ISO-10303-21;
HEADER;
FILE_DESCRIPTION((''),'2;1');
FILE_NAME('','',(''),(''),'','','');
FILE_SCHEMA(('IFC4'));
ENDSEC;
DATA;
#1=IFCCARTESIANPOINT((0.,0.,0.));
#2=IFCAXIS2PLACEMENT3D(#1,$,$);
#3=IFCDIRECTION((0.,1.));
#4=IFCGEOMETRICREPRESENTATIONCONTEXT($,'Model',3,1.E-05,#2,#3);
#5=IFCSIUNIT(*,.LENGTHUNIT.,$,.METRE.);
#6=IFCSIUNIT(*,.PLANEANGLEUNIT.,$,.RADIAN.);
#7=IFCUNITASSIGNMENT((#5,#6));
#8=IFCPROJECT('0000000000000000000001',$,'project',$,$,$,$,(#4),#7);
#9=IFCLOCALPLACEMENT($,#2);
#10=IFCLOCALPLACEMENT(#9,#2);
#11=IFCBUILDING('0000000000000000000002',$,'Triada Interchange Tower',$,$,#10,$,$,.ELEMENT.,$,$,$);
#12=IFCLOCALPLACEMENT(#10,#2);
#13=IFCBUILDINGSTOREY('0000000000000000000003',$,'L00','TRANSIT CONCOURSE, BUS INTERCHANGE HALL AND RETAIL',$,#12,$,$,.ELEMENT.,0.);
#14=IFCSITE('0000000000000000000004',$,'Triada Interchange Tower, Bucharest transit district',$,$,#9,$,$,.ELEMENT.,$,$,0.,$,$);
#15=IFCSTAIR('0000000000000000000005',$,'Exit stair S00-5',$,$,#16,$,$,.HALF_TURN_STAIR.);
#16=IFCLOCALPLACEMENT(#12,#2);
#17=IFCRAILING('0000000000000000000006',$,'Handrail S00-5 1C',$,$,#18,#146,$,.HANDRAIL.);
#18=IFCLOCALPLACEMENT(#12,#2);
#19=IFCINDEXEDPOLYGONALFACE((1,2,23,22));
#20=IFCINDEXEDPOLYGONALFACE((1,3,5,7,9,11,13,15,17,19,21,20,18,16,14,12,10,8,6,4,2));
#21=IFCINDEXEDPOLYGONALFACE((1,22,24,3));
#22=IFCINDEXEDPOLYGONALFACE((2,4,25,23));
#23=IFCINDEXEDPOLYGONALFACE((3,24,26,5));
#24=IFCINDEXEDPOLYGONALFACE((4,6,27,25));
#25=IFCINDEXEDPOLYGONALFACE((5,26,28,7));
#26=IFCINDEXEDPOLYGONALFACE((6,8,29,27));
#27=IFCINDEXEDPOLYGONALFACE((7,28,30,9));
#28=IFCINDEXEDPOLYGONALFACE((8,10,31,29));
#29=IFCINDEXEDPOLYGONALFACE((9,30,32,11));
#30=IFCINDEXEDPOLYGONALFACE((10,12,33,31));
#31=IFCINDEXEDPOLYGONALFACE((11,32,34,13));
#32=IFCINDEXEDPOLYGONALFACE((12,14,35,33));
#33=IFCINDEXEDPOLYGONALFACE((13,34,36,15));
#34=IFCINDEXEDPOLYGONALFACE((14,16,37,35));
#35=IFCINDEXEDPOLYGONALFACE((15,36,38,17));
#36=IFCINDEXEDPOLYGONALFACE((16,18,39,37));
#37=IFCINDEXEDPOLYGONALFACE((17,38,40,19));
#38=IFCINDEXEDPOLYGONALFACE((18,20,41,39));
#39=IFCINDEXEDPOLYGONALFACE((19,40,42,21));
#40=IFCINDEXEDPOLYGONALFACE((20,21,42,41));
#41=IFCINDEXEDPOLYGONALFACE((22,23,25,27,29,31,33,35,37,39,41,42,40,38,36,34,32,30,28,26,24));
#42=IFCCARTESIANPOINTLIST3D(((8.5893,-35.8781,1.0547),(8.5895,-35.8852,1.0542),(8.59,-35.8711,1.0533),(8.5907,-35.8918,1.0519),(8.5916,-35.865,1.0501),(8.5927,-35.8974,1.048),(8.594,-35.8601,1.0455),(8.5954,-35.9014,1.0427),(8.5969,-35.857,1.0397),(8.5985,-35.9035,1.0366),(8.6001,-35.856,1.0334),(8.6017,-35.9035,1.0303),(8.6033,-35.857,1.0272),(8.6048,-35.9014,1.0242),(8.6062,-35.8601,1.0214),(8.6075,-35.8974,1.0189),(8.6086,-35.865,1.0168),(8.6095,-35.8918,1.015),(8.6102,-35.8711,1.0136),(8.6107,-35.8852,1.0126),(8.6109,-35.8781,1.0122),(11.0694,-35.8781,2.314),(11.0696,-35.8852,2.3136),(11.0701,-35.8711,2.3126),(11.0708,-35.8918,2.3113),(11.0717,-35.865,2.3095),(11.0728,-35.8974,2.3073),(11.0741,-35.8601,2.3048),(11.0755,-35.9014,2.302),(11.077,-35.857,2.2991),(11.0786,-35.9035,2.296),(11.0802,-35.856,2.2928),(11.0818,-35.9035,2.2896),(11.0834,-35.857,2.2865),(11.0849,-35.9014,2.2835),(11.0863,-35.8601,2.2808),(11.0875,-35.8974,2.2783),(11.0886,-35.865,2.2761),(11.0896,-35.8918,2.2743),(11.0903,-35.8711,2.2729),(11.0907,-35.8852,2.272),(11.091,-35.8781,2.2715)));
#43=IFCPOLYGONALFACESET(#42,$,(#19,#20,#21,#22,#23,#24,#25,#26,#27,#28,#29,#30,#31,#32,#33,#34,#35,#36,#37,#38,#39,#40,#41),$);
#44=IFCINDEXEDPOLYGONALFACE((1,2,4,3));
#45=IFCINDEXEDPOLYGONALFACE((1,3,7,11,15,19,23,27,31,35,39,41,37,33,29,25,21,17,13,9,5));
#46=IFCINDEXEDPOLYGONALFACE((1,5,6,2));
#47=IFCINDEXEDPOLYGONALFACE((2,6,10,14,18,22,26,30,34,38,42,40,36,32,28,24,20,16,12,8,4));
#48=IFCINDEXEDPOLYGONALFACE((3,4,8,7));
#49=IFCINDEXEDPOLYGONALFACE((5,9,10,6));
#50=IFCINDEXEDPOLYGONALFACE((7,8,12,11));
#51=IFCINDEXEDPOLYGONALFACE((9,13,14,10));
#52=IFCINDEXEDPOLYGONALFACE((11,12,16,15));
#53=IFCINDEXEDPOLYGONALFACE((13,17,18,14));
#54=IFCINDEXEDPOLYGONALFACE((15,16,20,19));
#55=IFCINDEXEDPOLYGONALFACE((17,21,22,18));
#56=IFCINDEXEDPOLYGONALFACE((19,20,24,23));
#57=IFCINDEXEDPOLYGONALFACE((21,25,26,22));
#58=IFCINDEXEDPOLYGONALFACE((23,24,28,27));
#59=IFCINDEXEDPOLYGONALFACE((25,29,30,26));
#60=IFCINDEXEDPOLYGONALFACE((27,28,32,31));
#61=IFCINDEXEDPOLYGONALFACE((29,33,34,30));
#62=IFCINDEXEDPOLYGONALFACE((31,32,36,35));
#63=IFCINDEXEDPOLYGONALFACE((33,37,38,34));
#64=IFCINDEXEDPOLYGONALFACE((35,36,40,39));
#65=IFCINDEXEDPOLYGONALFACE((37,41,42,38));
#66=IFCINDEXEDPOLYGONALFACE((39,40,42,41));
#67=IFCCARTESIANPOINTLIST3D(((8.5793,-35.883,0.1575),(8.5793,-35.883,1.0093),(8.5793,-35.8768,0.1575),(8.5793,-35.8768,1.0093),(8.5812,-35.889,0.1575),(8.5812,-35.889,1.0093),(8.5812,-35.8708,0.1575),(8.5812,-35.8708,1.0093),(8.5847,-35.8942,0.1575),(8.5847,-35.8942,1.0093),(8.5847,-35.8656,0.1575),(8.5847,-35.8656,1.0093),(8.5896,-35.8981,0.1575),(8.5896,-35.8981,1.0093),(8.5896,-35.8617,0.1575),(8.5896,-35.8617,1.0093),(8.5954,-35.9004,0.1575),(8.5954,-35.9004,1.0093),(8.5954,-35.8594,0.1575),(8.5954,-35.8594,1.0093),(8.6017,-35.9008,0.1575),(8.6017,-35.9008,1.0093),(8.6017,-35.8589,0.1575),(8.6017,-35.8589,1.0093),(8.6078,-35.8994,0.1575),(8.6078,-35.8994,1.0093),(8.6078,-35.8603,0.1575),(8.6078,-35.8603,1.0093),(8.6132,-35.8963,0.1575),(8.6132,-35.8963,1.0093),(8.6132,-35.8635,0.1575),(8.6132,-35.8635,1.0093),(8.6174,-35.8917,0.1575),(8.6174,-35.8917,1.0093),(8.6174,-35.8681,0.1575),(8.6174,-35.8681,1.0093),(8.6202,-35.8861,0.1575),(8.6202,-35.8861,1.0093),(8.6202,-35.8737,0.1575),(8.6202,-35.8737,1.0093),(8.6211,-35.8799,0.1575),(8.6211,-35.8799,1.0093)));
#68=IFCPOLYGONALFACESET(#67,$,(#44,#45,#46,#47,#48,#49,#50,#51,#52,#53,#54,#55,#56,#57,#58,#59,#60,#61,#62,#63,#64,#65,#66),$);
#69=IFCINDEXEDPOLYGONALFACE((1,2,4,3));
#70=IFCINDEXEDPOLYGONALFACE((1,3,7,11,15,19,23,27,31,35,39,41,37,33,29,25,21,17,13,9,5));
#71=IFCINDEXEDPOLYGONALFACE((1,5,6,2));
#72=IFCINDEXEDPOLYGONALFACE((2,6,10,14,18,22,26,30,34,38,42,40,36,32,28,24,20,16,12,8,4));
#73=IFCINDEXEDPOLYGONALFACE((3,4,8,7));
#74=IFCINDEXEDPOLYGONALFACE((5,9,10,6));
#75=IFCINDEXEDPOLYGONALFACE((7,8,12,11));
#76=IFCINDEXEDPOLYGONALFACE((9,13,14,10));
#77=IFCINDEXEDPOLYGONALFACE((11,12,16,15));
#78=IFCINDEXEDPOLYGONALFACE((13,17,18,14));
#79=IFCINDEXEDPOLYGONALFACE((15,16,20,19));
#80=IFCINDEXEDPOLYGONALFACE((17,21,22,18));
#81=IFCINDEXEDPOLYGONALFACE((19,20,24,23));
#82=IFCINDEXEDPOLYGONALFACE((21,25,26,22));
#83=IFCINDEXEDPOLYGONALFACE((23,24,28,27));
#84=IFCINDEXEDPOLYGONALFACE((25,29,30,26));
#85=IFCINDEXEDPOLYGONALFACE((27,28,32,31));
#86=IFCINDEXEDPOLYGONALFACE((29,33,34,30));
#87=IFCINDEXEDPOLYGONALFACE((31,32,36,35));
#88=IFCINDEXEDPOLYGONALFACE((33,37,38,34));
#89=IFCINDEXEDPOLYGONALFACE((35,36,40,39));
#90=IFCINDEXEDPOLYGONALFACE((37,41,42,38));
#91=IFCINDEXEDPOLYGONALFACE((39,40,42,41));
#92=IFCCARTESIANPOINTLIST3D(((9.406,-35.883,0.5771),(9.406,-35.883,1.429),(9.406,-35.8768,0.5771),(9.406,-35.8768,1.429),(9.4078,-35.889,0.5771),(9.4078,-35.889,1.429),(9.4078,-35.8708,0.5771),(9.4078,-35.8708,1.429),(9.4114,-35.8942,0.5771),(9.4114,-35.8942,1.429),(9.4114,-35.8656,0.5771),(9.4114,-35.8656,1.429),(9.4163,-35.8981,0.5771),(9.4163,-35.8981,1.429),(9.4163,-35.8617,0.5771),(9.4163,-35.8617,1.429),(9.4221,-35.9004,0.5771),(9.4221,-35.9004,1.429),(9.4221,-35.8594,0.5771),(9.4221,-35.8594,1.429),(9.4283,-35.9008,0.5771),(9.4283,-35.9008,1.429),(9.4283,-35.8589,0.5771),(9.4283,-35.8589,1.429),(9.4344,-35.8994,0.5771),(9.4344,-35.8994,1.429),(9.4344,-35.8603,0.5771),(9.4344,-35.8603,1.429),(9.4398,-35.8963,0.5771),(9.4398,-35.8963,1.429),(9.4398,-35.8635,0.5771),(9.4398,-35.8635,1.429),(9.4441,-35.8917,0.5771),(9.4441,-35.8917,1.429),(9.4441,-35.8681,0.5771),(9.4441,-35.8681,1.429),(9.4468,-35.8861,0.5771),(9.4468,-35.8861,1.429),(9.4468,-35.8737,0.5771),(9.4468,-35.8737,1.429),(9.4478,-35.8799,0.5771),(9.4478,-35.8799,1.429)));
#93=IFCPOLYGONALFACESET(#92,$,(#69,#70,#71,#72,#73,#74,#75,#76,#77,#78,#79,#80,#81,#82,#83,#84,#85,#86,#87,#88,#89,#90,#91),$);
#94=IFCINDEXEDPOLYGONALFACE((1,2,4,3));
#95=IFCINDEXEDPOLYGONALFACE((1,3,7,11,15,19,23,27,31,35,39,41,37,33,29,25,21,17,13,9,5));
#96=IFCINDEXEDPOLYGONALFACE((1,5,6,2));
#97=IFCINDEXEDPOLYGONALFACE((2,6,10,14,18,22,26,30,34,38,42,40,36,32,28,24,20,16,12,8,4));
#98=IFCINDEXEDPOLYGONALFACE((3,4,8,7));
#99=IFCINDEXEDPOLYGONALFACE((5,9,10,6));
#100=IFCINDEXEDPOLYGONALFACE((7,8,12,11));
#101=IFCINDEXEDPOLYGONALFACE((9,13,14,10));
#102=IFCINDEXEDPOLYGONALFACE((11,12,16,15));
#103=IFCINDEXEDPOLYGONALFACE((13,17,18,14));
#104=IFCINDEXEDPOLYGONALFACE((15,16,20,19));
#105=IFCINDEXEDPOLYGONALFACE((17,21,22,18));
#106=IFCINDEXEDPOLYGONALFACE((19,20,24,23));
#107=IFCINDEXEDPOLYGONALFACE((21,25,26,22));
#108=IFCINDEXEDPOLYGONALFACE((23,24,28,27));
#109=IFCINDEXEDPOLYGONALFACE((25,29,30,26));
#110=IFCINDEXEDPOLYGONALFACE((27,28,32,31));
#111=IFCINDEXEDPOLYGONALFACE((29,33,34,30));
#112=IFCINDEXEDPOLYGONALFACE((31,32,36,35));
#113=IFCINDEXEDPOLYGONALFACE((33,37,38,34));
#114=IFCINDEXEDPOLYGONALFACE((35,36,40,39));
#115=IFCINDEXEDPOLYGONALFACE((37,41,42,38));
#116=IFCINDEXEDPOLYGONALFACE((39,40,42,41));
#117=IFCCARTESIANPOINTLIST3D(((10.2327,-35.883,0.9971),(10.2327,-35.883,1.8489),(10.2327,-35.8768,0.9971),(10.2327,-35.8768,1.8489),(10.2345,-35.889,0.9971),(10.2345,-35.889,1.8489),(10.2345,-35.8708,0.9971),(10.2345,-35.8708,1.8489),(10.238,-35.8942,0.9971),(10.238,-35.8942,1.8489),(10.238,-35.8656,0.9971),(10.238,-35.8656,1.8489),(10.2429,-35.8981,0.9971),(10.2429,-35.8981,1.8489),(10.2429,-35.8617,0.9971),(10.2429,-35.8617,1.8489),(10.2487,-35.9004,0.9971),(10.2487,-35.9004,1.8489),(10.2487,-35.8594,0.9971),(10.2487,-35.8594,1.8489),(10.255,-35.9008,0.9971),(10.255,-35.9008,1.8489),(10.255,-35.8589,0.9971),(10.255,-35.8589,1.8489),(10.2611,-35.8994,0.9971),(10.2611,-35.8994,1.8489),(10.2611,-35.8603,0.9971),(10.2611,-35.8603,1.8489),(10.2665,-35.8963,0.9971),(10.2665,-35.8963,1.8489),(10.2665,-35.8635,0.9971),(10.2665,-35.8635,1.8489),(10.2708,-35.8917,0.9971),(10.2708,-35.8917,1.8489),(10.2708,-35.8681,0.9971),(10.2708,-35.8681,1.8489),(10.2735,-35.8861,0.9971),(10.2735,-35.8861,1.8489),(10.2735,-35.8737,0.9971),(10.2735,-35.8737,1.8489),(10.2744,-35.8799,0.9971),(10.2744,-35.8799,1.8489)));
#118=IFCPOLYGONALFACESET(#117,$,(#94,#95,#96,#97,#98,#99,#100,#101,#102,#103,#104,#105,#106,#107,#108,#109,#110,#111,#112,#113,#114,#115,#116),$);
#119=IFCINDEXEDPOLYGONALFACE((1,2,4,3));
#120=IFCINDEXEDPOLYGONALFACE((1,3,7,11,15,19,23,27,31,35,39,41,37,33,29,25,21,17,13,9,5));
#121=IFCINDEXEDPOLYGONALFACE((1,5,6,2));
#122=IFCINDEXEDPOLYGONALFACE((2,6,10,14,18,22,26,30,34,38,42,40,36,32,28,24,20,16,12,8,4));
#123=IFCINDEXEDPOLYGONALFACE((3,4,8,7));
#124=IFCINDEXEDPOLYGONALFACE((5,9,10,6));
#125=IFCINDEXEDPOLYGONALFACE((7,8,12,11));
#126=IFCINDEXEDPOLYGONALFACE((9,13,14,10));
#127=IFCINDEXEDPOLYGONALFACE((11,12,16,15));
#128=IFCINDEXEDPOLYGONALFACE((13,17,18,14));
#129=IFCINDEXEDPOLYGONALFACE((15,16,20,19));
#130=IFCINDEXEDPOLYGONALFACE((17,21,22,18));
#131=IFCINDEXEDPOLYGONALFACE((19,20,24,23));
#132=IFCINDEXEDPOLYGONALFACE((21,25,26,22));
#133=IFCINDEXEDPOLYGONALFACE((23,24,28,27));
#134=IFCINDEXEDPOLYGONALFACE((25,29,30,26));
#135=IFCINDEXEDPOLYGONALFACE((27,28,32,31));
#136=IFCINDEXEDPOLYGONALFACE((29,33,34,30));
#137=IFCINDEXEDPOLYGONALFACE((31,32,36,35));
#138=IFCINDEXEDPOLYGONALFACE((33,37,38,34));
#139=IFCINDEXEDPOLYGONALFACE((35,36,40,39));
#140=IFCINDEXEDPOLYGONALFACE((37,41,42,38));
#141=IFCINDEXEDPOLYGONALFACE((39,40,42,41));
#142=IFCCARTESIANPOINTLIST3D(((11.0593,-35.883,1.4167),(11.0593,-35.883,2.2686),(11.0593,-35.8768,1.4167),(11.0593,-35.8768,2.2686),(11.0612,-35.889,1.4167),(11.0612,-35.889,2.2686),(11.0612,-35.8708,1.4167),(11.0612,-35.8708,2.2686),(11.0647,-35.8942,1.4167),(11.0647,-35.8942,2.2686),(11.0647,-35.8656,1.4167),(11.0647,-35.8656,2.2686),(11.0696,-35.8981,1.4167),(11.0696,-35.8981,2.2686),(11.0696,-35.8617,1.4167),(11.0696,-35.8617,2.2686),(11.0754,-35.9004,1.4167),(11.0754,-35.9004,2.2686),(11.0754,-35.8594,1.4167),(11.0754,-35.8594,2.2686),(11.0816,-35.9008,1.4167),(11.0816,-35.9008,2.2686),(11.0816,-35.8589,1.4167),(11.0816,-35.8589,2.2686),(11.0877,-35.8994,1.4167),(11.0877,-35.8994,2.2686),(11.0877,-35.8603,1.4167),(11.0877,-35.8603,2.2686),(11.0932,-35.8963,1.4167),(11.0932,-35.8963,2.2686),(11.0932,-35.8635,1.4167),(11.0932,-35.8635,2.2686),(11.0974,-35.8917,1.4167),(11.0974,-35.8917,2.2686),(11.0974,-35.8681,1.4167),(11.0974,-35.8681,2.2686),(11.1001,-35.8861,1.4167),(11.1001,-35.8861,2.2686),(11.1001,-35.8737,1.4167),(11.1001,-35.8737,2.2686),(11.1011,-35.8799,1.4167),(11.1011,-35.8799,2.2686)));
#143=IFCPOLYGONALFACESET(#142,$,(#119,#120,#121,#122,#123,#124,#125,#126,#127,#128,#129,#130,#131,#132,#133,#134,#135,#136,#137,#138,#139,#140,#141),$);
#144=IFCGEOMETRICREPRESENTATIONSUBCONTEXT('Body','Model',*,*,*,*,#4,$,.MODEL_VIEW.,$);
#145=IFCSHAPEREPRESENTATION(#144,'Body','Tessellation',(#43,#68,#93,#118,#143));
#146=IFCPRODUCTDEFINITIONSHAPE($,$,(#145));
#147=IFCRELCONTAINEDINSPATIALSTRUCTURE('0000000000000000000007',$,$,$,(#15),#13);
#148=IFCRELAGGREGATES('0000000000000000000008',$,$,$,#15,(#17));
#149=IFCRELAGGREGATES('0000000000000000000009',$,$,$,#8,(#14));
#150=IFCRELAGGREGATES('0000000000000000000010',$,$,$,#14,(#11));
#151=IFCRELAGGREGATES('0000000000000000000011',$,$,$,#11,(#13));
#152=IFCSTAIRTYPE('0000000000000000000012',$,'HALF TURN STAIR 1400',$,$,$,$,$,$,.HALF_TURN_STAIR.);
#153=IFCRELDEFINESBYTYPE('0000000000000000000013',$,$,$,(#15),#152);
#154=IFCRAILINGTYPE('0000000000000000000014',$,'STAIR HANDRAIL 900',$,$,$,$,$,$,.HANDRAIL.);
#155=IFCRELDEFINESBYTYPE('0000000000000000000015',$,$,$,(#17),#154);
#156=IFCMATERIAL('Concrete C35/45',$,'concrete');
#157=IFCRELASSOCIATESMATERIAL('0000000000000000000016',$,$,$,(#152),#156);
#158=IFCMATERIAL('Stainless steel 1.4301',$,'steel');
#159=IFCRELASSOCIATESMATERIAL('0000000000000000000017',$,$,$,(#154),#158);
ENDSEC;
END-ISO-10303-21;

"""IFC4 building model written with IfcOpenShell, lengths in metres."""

from ifc_helpers import new_model, si_unit, direction, frame, origin, origin_2d, place, context, subcontext, project, spatial, circle, extrude, material, type_object, element, aggregate, save


model = new_model("IFC4")

# Units and contexts
model_context = context("Model", 3, precision=1e-05, world=origin(), true_north=direction((0.0, 1.0)))
body_context = subcontext(model_context, "Body", "Model", "MODEL_VIEW")
ifc_project = project(units=[si_unit("LENGTHUNIT", "METRE"), si_unit("PLANEANGLEUNIT", "RADIAN")], contexts=[model_context])

# Site, building, storey
site_placement = place(None, origin())
site = spatial("IfcSite", under=ifc_project, at=site_placement, Name="Triada Interchange Tower, Bucharest transit district", CompositionType="ELEMENT", RefElevation=0.0)
building_placement = place(site_placement, origin())
building = spatial("IfcBuilding", under=site, at=building_placement, Name="Triada Interchange Tower", CompositionType="ELEMENT")
storey_placement = place(building_placement, origin())
storey = spatial("IfcBuildingStorey", under=building, at=storey_placement, Name="L00", Description="TRANSIT CONCOURSE, BUS INTERCHANGE HALL AND RETAIL", CompositionType="ELEMENT", Elevation=0.0)

# Shared definitions
ifc_material_1 = material(Name="Concrete C35/45", Category="concrete")

# Stair, railing
stair_type = type_object("IfcStairType", Name="HALF TURN STAIR 1400", PredefinedType="HALF_TURN_STAIR", material=ifc_material_1)
stair_1_placement = place(storey_placement, origin())
stair_1 = element("IfcStair", 1, at=stair_1_placement, inside=storey, type_object=stair_type, Name="Exit stair S00-5", PredefinedType="HALF_TURN_STAIR")
ifc_material_2 = material(Name="Stainless steel 1.4301", Category="steel")
railing_type_1 = type_object("IfcRailingType", Name="STAIR HANDRAIL 900", PredefinedType="HANDRAIL", material=ifc_material_2)
railing_1_placement = place(storey_placement, frame((8.6001, -35.8799, 0.1575)))
railing_1 = element("IfcRailing", 2, at=railing_1_placement, type_object=railing_type_1, Name="Handrail S00-5 1C", PredefinedType="HANDRAIL", context=body_context, shape_type="SweptSolid", body=[
    extrude(circle(Radius=0.0239, at=origin_2d()), frame((0.0, 0.0, 0.876), z_axis=(0.891636, 0.0, 0.452752), x_axis=(0.0, 1.0, 0.0)), (0.0, 0.0, 1.0), 2.7815),
    extrude(circle(Radius=0.021, at=origin_2d()), origin(), (0.0, 0.0, 1.0), 0.8518),
    extrude(circle(Radius=0.021, at=origin_2d()), frame((0.8267, 0.0, 0.4197)), (0.0, 0.0, 1.0), 0.8518),
    extrude(circle(Radius=0.021, at=origin_2d()), frame((1.6533, 0.0, 0.8396)), (0.0, 0.0, 1.0), 0.8518),
    extrude(circle(Radius=0.021, at=origin_2d()), frame((2.48, 0.0, 1.2593)), (0.0, 0.0, 1.0), 0.8518),
])
aggregate(stair_1, [railing_1])

save(model, "model.ifc")
